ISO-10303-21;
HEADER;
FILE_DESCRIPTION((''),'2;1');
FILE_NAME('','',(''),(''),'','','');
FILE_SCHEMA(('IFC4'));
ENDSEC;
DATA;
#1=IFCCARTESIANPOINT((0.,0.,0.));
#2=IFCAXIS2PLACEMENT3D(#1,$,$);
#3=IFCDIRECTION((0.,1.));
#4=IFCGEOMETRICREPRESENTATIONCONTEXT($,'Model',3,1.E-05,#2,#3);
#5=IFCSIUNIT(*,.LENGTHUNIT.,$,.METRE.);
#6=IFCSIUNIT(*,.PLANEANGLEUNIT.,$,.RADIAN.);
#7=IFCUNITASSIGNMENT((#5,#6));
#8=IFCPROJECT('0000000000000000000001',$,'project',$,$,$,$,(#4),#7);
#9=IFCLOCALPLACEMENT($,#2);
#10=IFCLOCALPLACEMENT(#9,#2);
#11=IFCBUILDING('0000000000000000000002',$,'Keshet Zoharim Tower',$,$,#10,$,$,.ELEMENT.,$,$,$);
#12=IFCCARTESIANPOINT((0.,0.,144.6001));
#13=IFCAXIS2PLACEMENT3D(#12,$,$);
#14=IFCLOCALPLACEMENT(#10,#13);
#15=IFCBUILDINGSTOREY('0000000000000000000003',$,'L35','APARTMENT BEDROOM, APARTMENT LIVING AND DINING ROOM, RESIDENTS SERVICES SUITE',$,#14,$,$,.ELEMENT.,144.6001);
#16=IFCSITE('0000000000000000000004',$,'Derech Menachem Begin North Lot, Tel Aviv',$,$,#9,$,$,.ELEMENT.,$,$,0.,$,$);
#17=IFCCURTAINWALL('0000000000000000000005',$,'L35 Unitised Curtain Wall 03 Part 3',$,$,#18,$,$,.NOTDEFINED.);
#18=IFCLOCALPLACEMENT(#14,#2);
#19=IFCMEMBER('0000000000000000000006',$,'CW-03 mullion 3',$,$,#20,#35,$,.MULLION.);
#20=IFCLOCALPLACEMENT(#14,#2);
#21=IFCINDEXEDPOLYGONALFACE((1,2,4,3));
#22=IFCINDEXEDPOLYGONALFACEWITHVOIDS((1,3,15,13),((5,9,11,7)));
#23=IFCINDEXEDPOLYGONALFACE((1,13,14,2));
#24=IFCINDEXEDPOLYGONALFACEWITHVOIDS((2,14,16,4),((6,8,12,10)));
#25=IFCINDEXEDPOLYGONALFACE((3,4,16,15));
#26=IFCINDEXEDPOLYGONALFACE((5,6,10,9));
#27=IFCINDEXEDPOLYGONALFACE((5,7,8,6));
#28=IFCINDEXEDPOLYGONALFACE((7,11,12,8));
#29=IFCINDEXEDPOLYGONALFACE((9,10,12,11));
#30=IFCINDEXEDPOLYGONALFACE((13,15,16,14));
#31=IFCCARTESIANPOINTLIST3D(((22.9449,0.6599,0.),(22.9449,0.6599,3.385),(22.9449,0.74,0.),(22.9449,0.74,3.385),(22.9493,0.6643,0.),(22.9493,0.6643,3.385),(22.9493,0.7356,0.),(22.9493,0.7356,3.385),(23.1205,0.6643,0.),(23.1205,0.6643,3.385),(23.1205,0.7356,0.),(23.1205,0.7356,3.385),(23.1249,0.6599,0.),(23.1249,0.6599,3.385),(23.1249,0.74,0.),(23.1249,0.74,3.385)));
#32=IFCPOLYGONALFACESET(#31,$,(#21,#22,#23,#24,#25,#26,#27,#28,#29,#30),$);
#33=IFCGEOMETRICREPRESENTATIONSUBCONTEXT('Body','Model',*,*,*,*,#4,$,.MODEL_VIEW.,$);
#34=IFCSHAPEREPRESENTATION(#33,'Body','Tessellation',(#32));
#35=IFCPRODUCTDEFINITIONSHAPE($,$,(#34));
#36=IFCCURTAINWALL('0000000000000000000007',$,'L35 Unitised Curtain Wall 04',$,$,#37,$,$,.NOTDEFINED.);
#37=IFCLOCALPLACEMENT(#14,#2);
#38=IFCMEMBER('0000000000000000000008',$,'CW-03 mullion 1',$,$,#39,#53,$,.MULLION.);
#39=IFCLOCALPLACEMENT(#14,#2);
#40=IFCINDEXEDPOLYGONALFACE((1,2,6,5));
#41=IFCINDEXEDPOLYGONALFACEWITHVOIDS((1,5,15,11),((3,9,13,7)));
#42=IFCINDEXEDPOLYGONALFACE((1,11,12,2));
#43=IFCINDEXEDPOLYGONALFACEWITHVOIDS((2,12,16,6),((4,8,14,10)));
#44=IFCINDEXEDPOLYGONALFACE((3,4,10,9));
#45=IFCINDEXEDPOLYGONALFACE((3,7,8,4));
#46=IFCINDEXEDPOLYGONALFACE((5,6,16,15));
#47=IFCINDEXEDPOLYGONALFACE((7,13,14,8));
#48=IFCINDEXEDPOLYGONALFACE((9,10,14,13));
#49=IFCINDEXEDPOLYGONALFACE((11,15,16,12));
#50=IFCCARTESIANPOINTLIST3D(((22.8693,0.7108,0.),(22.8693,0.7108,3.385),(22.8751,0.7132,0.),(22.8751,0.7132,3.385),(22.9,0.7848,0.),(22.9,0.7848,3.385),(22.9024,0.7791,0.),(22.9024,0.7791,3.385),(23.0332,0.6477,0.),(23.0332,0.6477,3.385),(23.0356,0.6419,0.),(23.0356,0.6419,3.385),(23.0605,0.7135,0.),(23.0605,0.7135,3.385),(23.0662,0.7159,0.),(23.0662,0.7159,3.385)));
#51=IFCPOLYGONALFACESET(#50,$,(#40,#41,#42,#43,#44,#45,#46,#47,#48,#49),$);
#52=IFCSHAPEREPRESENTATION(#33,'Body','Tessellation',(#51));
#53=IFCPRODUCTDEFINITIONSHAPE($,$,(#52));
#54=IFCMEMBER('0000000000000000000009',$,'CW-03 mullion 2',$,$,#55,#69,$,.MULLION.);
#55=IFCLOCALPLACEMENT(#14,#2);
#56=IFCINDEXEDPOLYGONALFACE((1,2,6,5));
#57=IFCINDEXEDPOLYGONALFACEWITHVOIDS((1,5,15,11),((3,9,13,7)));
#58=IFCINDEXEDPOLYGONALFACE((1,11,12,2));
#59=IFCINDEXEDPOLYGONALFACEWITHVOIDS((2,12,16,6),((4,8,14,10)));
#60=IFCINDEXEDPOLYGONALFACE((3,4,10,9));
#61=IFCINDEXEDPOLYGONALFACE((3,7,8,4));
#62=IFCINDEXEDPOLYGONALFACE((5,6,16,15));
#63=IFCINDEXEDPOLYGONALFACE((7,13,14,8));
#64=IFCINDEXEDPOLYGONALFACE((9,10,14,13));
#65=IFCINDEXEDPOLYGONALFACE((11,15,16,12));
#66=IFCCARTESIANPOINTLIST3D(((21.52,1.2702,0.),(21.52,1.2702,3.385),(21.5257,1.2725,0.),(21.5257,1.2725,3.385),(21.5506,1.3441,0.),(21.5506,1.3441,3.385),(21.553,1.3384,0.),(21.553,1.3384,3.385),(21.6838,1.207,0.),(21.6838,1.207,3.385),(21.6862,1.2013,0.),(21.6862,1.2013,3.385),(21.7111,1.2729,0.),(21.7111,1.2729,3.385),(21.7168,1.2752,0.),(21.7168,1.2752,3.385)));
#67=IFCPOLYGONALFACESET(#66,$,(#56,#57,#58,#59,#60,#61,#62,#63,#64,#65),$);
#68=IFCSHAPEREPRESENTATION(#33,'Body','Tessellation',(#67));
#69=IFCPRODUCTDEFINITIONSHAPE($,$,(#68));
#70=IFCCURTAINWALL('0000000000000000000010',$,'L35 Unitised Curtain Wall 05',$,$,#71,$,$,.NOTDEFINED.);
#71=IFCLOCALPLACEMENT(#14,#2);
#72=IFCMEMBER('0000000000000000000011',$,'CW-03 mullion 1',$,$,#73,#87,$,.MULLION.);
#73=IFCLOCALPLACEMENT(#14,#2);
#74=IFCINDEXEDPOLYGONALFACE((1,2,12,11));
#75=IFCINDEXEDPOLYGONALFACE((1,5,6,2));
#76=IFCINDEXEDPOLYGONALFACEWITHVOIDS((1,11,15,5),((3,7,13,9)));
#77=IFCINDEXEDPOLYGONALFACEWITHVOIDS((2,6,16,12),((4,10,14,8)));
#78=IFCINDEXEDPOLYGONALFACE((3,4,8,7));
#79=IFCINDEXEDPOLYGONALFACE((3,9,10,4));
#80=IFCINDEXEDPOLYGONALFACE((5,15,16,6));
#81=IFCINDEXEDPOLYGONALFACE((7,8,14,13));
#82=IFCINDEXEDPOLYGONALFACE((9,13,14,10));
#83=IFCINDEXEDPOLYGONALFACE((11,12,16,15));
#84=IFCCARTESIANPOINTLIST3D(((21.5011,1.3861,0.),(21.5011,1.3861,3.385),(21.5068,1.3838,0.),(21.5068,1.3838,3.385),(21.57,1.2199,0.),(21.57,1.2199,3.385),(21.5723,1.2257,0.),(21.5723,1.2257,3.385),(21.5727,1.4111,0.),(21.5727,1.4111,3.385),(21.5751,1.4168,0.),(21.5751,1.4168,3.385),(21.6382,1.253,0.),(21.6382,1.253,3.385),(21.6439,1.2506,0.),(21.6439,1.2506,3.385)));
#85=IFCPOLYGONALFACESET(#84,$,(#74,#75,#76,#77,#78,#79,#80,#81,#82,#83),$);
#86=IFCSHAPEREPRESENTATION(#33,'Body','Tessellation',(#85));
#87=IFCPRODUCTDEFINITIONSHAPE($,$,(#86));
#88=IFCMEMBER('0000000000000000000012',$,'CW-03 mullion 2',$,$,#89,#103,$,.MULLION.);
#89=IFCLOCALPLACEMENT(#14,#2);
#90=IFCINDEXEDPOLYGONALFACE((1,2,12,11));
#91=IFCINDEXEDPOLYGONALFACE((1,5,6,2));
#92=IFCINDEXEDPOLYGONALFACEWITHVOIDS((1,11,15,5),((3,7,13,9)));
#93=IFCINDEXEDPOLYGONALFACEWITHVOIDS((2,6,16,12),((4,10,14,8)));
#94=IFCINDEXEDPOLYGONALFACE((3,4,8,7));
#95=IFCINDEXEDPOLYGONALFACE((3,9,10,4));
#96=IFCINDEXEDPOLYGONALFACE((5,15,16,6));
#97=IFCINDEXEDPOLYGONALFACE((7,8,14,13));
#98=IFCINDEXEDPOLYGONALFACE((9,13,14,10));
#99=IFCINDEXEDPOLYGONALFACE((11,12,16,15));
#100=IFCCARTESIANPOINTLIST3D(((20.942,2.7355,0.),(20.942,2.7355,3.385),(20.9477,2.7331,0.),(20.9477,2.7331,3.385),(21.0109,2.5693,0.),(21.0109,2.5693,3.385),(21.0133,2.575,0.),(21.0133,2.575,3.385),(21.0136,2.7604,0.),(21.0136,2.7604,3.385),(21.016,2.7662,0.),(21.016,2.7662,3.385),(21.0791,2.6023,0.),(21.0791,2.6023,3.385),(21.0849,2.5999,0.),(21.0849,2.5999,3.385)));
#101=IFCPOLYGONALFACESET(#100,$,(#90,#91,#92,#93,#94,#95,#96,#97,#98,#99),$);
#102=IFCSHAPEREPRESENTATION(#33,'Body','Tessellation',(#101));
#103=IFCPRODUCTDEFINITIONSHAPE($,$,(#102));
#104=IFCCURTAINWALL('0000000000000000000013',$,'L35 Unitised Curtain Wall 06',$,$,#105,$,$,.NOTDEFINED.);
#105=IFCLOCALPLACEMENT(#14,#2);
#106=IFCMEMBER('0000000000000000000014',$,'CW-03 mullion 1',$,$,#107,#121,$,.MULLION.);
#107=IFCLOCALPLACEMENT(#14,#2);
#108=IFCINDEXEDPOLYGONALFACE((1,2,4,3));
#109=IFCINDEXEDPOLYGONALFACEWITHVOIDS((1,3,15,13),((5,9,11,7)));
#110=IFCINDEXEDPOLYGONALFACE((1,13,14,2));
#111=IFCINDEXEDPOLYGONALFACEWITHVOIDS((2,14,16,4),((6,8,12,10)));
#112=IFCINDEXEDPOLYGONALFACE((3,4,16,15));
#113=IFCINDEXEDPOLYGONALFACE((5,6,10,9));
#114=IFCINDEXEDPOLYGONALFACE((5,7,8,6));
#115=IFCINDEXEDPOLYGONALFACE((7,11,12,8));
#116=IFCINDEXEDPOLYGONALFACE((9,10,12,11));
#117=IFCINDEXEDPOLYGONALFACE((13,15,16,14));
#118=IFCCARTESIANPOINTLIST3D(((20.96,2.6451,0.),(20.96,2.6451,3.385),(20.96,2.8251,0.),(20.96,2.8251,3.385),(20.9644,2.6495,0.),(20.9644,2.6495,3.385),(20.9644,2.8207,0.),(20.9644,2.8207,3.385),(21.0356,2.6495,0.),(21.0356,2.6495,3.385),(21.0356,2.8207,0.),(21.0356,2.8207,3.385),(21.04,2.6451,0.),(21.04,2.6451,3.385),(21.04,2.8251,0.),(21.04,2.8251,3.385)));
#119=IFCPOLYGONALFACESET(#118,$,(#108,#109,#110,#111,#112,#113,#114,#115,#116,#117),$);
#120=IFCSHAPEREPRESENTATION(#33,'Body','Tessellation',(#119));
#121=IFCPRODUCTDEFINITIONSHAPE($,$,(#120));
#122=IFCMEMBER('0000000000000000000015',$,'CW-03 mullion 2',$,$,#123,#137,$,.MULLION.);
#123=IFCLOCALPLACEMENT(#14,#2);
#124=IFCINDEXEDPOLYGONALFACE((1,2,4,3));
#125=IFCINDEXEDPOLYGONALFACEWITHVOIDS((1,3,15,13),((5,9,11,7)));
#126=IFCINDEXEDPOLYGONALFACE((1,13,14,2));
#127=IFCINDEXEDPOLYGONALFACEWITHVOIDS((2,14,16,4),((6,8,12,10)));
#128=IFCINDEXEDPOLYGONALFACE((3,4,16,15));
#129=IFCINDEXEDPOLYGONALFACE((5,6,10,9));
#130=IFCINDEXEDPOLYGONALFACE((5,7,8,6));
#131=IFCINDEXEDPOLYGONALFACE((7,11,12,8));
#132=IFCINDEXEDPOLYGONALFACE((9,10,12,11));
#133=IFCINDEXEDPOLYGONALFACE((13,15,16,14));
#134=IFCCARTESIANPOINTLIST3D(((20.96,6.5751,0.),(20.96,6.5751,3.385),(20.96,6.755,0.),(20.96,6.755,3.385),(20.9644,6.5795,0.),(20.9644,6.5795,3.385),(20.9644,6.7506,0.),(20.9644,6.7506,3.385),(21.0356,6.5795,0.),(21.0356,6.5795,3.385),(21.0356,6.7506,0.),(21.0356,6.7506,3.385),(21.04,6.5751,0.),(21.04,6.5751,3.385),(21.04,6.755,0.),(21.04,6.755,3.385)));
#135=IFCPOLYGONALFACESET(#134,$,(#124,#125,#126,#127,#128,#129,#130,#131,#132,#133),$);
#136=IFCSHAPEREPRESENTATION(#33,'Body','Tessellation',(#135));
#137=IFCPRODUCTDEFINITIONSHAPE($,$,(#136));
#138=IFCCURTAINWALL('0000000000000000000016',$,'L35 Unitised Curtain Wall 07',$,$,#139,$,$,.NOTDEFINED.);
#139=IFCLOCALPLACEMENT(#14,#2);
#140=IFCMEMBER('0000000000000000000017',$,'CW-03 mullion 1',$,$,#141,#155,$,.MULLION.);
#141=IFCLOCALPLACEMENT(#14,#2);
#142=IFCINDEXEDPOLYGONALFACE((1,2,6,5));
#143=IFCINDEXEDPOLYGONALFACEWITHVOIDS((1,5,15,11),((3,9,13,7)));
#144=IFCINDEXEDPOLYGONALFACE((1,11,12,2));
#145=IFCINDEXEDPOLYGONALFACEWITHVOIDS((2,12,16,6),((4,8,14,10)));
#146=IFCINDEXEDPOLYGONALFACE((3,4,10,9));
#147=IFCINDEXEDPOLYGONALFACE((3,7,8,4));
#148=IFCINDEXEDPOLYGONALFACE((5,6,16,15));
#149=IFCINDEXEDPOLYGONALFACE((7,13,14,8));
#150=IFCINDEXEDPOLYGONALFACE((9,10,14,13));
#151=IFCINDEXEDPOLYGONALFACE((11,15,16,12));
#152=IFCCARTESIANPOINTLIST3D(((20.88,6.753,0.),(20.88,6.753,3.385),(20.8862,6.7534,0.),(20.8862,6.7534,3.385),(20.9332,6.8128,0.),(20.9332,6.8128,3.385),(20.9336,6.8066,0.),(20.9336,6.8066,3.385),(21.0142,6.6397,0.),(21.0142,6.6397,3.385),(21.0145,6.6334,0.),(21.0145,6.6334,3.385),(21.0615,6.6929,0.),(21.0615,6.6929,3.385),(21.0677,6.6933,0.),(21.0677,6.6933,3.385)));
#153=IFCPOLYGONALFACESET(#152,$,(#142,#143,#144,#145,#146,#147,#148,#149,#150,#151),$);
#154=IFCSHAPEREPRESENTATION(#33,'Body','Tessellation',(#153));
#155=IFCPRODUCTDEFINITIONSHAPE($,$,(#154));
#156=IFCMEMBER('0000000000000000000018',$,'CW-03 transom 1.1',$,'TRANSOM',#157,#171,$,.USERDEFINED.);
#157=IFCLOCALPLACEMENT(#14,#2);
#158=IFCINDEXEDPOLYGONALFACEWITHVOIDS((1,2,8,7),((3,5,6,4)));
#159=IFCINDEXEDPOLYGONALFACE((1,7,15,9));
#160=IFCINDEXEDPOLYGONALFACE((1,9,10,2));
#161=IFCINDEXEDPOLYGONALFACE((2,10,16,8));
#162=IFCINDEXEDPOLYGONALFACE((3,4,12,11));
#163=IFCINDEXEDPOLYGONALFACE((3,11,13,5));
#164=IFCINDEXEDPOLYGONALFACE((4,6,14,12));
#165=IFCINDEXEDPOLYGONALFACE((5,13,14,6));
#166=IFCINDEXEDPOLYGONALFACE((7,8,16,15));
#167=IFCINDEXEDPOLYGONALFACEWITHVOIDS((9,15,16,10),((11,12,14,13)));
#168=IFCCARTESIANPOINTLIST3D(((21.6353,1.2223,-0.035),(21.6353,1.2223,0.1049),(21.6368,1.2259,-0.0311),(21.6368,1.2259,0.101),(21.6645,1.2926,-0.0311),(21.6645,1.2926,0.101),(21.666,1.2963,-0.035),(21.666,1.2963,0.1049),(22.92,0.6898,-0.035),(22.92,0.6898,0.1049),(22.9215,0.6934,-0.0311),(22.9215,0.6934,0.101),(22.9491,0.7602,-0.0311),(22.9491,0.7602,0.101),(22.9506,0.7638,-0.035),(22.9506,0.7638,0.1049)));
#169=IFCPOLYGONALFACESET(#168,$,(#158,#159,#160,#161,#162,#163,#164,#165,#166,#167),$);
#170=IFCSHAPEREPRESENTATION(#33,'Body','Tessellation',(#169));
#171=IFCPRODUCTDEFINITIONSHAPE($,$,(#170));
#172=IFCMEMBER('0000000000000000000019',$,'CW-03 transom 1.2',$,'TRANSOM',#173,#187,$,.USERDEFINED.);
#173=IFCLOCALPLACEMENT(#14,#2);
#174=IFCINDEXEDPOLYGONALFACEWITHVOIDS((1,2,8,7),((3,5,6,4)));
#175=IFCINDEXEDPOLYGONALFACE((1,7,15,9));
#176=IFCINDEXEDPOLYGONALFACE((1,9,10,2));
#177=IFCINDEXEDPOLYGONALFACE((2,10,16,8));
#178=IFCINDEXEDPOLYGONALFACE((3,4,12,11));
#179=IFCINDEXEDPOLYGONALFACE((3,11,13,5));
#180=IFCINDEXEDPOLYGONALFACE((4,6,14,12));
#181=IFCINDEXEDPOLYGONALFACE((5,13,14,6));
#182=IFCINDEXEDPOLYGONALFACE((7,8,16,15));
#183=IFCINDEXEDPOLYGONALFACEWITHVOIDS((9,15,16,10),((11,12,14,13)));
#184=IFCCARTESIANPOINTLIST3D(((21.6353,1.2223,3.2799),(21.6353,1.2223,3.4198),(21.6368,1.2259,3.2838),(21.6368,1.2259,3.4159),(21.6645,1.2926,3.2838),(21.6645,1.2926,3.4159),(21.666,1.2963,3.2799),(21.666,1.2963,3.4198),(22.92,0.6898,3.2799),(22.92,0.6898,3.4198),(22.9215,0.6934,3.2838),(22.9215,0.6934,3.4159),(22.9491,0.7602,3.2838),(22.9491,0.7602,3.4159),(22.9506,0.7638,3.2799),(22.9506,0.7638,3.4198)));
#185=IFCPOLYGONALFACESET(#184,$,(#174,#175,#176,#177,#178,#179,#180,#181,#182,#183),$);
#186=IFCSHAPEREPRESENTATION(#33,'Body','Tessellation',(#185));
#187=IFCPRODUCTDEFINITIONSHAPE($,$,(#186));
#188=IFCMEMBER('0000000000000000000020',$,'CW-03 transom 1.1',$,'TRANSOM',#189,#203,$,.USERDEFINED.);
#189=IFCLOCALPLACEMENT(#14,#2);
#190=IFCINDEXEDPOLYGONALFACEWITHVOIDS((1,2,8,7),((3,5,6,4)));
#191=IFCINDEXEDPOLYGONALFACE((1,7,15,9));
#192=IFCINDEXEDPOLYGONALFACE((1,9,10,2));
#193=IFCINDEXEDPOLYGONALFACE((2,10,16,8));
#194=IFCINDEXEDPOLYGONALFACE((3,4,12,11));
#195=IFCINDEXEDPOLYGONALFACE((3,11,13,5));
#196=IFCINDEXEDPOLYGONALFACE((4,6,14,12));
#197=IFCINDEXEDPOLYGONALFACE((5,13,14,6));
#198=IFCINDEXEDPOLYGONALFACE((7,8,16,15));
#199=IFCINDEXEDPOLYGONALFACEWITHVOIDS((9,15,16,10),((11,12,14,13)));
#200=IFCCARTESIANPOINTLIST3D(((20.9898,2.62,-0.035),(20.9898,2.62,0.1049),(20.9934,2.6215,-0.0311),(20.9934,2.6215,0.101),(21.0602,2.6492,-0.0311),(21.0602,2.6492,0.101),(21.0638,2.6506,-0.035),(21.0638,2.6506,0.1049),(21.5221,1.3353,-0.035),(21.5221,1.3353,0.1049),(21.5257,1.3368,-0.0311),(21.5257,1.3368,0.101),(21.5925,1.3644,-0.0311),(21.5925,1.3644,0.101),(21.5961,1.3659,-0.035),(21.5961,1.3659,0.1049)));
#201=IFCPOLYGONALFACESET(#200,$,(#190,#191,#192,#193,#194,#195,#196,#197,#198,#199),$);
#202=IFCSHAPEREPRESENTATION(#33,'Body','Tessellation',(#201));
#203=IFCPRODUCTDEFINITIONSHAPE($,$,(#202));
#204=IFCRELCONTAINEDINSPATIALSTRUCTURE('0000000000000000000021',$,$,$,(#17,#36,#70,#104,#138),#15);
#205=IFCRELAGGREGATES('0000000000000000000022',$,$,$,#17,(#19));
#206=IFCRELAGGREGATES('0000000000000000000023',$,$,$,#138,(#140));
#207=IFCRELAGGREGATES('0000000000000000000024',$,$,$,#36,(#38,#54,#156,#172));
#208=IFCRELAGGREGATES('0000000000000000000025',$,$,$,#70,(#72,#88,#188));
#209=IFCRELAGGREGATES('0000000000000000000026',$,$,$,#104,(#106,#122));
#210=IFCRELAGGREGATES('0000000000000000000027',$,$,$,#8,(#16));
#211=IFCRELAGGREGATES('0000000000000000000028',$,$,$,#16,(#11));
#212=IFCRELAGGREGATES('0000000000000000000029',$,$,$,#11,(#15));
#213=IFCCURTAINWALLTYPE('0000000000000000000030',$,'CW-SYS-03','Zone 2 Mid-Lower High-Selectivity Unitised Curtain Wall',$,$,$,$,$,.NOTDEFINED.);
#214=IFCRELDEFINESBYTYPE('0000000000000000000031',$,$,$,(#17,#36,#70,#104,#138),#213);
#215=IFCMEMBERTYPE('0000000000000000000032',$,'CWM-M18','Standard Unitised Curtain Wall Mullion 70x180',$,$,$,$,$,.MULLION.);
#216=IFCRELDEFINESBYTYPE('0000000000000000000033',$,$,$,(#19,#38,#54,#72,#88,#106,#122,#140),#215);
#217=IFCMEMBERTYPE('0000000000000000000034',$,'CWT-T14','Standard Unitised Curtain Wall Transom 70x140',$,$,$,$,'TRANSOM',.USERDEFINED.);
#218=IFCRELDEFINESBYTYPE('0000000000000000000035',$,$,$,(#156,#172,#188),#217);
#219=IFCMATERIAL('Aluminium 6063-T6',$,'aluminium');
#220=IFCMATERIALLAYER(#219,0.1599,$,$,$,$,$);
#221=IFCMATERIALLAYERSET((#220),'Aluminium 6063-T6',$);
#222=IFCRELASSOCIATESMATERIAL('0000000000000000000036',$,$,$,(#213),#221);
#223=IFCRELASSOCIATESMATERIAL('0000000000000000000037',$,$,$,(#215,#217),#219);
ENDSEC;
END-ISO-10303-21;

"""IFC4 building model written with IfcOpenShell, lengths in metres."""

from ifc_helpers import new_model, si_unit, direction, frame, origin, origin_2d, place, context, subcontext, project, spatial, hollow_rectangle, extrude, material, layer, layer_set, material_profile, profile_set, type_object, element, aggregate, save


model = new_model("IFC4")

# Units and contexts
model_context = context("Model", 3, precision=1e-05, world=origin(), true_north=direction((0.0, 1.0)))
body_context = subcontext(model_context, "Body", "Model", "MODEL_VIEW")
ifc_project = project(units=[si_unit("LENGTHUNIT", "METRE"), si_unit("PLANEANGLEUNIT", "RADIAN")], contexts=[model_context])

# Site, building, storey
site_placement = place(None, origin())
site = spatial("IfcSite", under=ifc_project, at=site_placement, Name="Derech Menachem Begin North Lot, Tel Aviv", CompositionType="ELEMENT", RefElevation=0.0)
building_placement = place(site_placement, origin())
building = spatial("IfcBuilding", under=site, at=building_placement, Name="Keshet Zoharim Tower", CompositionType="ELEMENT")
storey_placement = place(building_placement, frame((0.0, 0.0, 144.6001)))
storey = spatial("IfcBuildingStorey", under=building, at=storey_placement, Name="L35", Description="APARTMENT BEDROOM, APARTMENT LIVING AND DINING ROOM, RESIDENTS SERVICES SUITE", CompositionType="ELEMENT", Elevation=144.6001)

# Curtain wall, member
ifc_material_1 = material(Name="Aluminium 6063-T6", Category="aluminium")
ifc_layer_1 = layer(ifc_material_1, 0.1599)
ifc_layer_set_1 = layer_set([ifc_layer_1], Name="Aluminium 6063-T6")
curtain_wall_type = type_object("IfcCurtainWallType", Name="CW-SYS-03", Description="Zone 2 Mid-Lower High-Selectivity Unitised Curtain Wall", PredefinedType="NOTDEFINED", material=ifc_layer_set_1)
curtain_wall_1_placement = place(storey_placement, origin())
curtain_wall_1 = element("IfcCurtainWall", 1, at=curtain_wall_1_placement, inside=storey, type_object=curtain_wall_type, Name="L35 Unitised Curtain Wall 03 Part 3", PredefinedType="NOTDEFINED")
ifc_material_profile_1 = material_profile(ifc_material_1, hollow_rectangle(XDim=0.0801, YDim=0.1799, WallThickness=0.0044, at=origin_2d()), Name="MUL-80x180")
ifc_profile_set_1 = profile_set([ifc_material_profile_1], Name="Aluminium 6063-T6")
member_type_1 = type_object("IfcMemberType", Name="CWM-M18", Description="Standard Unitised Curtain Wall Mullion 70x180", PredefinedType="MULLION", material=ifc_profile_set_1)
member_1_placement = place(storey_placement, frame((23.0349, 0.7, 0.0), z_axis=(0.0, 0.0, 1.0), x_axis=(0.0, -1.0, 0.0)))
member_1 = element("IfcMember", 2, at=member_1_placement, type_object=member_type_1, Name="CW-03 mullion 3", PredefinedType="MULLION", context=body_context, shape_type="SweptSolid", body=[
    extrude(hollow_rectangle(XDim=0.0801, YDim=0.1799, WallThickness=0.0044, at=origin_2d()), origin(), (0.0, 0.0, 1.0), 3.385),
])
aggregate(curtain_wall_1, [member_1])

# Curtain walls, members
curtain_wall_2_placement = place(storey_placement, origin())
curtain_wall_2 = element("IfcCurtainWall", 3, at=curtain_wall_2_placement, inside=storey, type_object=curtain_wall_type, Name="L35 Unitised Curtain Wall 04", PredefinedType="NOTDEFINED")
member_2_placement = place(storey_placement, frame((22.9678, 0.7134, 0.0), z_axis=(0.0, 0.0, 1.0), x_axis=(-0.382852, -0.92381, 0.0)))
member_2 = element("IfcMember", 4, at=member_2_placement, type_object=member_type_1, Name="CW-03 mullion 1", PredefinedType="MULLION", context=body_context, shape_type="SweptSolid", body=[
    extrude(hollow_rectangle(XDim=0.0801, YDim=0.1799, WallThickness=0.0044, at=origin_2d()), origin(), (0.0, 0.0, 1.0), 3.385),
])
member_3_placement = place(storey_placement, frame((21.6184, 1.2727, 0.0), z_axis=(0.0, 0.0, 1.0), x_axis=(-0.382852, -0.92381, 0.0)))
member_3 = element("IfcMember", 5, at=member_3_placement, type_object=member_type_1, Name="CW-03 mullion 2", PredefinedType="MULLION", context=body_context, shape_type="SweptSolid", body=[
    extrude(hollow_rectangle(XDim=0.0801, YDim=0.1799, WallThickness=0.0044, at=origin_2d()), origin(), (0.0, 0.0, 1.0), 3.385),
])
curtain_wall_3_placement = place(storey_placement, origin())
curtain_wall_3 = element("IfcCurtainWall", 6, at=curtain_wall_3_placement, inside=storey, type_object=curtain_wall_type, Name="L35 Unitised Curtain Wall 05", PredefinedType="NOTDEFINED")
member_4_placement = place(storey_placement, frame((21.5725, 1.3184, 0.0), z_axis=(0.0, 0.0, 1.0), x_axis=(-0.92381, -0.382852, 0.0)))
member_4 = element("IfcMember", 7, at=member_4_placement, type_object=member_type_1, Name="CW-03 mullion 1", PredefinedType="MULLION", context=body_context, shape_type="SweptSolid", body=[
    extrude(hollow_rectangle(XDim=0.0801, YDim=0.1799, WallThickness=0.0044, at=origin_2d()), origin(), (0.0, 0.0, 1.0), 3.385),
])
member_5_placement = place(storey_placement, frame((21.0134, 2.6677, 0.0), z_axis=(0.0, 0.0, 1.0), x_axis=(-0.92381, -0.382852, 0.0)))
member_5 = element("IfcMember", 8, at=member_5_placement, type_object=member_type_1, Name="CW-03 mullion 2", PredefinedType="MULLION", context=body_context, shape_type="SweptSolid", body=[
    extrude(hollow_rectangle(XDim=0.0801, YDim=0.1799, WallThickness=0.0044, at=origin_2d()), origin(), (0.0, 0.0, 1.0), 3.385),
])
curtain_wall_4_placement = place(storey_placement, origin())
curtain_wall_4 = element("IfcCurtainWall", 9, at=curtain_wall_4_placement, inside=storey, type_object=curtain_wall_type, Name="L35 Unitised Curtain Wall 06", PredefinedType="NOTDEFINED")
member_6_placement = place(storey_placement, frame((21.0, 2.7351, 0.0), z_axis=(0.0, 0.0, 1.0), x_axis=(-1.0, 0.0, 0.0)))
member_6 = element("IfcMember", 10, at=member_6_placement, type_object=member_type_1, Name="CW-03 mullion 1", PredefinedType="MULLION", context=body_context, shape_type="SweptSolid", body=[
    extrude(hollow_rectangle(XDim=0.0801, YDim=0.1799, WallThickness=0.0044, at=origin_2d()), origin(), (0.0, 0.0, 1.0), 3.385),
])
member_7_placement = place(storey_placement, frame((21.0, 6.665, 0.0), z_axis=(0.0, 0.0, 1.0), x_axis=(-1.0, 0.0, 0.0)))
member_7 = element("IfcMember", 11, at=member_7_placement, type_object=member_type_1, Name="CW-03 mullion 2", PredefinedType="MULLION", context=body_context, shape_type="SweptSolid", body=[
    extrude(hollow_rectangle(XDim=0.0801, YDim=0.1799, WallThickness=0.0044, at=origin_2d()), origin(), (0.0, 0.0, 1.0), 3.385),
])

# Curtain wall, member
curtain_wall_5_placement = place(storey_placement, origin())
curtain_wall_5 = element("IfcCurtainWall", 12, at=curtain_wall_5_placement, inside=storey, type_object=curtain_wall_type, Name="L35 Unitised Curtain Wall 07", PredefinedType="NOTDEFINED")
member_8_placement = place(storey_placement, frame((20.9739, 6.7231, 0.0), z_axis=(0.0, 0.0, 1.0), x_axis=(-0.664367, -0.747406, 0.0)))
member_8 = element("IfcMember", 13, at=member_8_placement, type_object=member_type_1, Name="CW-03 mullion 1", PredefinedType="MULLION", context=body_context, shape_type="SweptSolid", body=[
    extrude(hollow_rectangle(XDim=0.0801, YDim=0.1799, WallThickness=0.0044, at=origin_2d()), origin(), (0.0, 0.0, 1.0), 3.385),
])

# Members
ifc_material_profile_2 = material_profile(ifc_material_1, hollow_rectangle(XDim=0.0801, YDim=0.1399, WallThickness=0.0039, at=origin_2d()), Name="TRN-80x140")
ifc_profile_set_2 = profile_set([ifc_material_profile_2], Name="Aluminium 6063-T6")
member_type_2 = type_object("IfcMemberType", Name="CWT-T14", Description="Standard Unitised Curtain Wall Transom 70x140", ElementType="TRANSOM", PredefinedType="USERDEFINED", material=ifc_profile_set_2)
member_9_placement = place(storey_placement, frame((22.9353, 0.7268, 0.0349), z_axis=(-0.923792, 0.382894, 0.0), x_axis=(-0.382894, -0.923792, 0.0)))
member_9 = element("IfcMember", 14, at=member_9_placement, type_object=member_type_2, Name="CW-03 transom 1.1", ObjectType="TRANSOM", PredefinedType="USERDEFINED", context=body_context, shape_type="SweptSolid", body=[
    extrude(hollow_rectangle(XDim=0.0801, YDim=0.1399, WallThickness=0.0039, at=origin_2d()), origin(), (0.0, 0.0, 1.0), 1.3906),
])
member_10_placement = place(storey_placement, frame((22.9353, 0.7268, 3.3499), z_axis=(-0.923792, 0.382894, 0.0), x_axis=(-0.382894, -0.923792, 0.0)))
member_10 = element("IfcMember", 15, at=member_10_placement, type_object=member_type_2, Name="CW-03 transom 1.2", ObjectType="TRANSOM", PredefinedType="USERDEFINED", context=body_context, shape_type="SweptSolid", body=[
    extrude(hollow_rectangle(XDim=0.0801, YDim=0.1399, WallThickness=0.0039, at=origin_2d()), origin(), (0.0, 0.0, 1.0), 1.3906),
])
member_11_placement = place(storey_placement, frame((21.5591, 1.3506, 0.0349), z_axis=(-0.382745, 0.923854, 0.0), x_axis=(-0.923854, -0.382745, 0.0)))
member_11 = element("IfcMember", 16, at=member_11_placement, type_object=member_type_2, Name="CW-03 transom 1.1", ObjectType="TRANSOM", PredefinedType="USERDEFINED", context=body_context, shape_type="SweptSolid", body=[
    extrude(hollow_rectangle(XDim=0.0801, YDim=0.1399, WallThickness=0.0039, at=origin_2d()), origin(), (0.0, 0.0, 1.0), 1.3906),
])
aggregate(curtain_wall_5, [member_8])

aggregate(curtain_wall_2, [member_2, member_3, member_9, member_10])
aggregate(curtain_wall_3, [member_4, member_5, member_11])
aggregate(curtain_wall_4, [member_6, member_7])

save(model, "model.ifc")
